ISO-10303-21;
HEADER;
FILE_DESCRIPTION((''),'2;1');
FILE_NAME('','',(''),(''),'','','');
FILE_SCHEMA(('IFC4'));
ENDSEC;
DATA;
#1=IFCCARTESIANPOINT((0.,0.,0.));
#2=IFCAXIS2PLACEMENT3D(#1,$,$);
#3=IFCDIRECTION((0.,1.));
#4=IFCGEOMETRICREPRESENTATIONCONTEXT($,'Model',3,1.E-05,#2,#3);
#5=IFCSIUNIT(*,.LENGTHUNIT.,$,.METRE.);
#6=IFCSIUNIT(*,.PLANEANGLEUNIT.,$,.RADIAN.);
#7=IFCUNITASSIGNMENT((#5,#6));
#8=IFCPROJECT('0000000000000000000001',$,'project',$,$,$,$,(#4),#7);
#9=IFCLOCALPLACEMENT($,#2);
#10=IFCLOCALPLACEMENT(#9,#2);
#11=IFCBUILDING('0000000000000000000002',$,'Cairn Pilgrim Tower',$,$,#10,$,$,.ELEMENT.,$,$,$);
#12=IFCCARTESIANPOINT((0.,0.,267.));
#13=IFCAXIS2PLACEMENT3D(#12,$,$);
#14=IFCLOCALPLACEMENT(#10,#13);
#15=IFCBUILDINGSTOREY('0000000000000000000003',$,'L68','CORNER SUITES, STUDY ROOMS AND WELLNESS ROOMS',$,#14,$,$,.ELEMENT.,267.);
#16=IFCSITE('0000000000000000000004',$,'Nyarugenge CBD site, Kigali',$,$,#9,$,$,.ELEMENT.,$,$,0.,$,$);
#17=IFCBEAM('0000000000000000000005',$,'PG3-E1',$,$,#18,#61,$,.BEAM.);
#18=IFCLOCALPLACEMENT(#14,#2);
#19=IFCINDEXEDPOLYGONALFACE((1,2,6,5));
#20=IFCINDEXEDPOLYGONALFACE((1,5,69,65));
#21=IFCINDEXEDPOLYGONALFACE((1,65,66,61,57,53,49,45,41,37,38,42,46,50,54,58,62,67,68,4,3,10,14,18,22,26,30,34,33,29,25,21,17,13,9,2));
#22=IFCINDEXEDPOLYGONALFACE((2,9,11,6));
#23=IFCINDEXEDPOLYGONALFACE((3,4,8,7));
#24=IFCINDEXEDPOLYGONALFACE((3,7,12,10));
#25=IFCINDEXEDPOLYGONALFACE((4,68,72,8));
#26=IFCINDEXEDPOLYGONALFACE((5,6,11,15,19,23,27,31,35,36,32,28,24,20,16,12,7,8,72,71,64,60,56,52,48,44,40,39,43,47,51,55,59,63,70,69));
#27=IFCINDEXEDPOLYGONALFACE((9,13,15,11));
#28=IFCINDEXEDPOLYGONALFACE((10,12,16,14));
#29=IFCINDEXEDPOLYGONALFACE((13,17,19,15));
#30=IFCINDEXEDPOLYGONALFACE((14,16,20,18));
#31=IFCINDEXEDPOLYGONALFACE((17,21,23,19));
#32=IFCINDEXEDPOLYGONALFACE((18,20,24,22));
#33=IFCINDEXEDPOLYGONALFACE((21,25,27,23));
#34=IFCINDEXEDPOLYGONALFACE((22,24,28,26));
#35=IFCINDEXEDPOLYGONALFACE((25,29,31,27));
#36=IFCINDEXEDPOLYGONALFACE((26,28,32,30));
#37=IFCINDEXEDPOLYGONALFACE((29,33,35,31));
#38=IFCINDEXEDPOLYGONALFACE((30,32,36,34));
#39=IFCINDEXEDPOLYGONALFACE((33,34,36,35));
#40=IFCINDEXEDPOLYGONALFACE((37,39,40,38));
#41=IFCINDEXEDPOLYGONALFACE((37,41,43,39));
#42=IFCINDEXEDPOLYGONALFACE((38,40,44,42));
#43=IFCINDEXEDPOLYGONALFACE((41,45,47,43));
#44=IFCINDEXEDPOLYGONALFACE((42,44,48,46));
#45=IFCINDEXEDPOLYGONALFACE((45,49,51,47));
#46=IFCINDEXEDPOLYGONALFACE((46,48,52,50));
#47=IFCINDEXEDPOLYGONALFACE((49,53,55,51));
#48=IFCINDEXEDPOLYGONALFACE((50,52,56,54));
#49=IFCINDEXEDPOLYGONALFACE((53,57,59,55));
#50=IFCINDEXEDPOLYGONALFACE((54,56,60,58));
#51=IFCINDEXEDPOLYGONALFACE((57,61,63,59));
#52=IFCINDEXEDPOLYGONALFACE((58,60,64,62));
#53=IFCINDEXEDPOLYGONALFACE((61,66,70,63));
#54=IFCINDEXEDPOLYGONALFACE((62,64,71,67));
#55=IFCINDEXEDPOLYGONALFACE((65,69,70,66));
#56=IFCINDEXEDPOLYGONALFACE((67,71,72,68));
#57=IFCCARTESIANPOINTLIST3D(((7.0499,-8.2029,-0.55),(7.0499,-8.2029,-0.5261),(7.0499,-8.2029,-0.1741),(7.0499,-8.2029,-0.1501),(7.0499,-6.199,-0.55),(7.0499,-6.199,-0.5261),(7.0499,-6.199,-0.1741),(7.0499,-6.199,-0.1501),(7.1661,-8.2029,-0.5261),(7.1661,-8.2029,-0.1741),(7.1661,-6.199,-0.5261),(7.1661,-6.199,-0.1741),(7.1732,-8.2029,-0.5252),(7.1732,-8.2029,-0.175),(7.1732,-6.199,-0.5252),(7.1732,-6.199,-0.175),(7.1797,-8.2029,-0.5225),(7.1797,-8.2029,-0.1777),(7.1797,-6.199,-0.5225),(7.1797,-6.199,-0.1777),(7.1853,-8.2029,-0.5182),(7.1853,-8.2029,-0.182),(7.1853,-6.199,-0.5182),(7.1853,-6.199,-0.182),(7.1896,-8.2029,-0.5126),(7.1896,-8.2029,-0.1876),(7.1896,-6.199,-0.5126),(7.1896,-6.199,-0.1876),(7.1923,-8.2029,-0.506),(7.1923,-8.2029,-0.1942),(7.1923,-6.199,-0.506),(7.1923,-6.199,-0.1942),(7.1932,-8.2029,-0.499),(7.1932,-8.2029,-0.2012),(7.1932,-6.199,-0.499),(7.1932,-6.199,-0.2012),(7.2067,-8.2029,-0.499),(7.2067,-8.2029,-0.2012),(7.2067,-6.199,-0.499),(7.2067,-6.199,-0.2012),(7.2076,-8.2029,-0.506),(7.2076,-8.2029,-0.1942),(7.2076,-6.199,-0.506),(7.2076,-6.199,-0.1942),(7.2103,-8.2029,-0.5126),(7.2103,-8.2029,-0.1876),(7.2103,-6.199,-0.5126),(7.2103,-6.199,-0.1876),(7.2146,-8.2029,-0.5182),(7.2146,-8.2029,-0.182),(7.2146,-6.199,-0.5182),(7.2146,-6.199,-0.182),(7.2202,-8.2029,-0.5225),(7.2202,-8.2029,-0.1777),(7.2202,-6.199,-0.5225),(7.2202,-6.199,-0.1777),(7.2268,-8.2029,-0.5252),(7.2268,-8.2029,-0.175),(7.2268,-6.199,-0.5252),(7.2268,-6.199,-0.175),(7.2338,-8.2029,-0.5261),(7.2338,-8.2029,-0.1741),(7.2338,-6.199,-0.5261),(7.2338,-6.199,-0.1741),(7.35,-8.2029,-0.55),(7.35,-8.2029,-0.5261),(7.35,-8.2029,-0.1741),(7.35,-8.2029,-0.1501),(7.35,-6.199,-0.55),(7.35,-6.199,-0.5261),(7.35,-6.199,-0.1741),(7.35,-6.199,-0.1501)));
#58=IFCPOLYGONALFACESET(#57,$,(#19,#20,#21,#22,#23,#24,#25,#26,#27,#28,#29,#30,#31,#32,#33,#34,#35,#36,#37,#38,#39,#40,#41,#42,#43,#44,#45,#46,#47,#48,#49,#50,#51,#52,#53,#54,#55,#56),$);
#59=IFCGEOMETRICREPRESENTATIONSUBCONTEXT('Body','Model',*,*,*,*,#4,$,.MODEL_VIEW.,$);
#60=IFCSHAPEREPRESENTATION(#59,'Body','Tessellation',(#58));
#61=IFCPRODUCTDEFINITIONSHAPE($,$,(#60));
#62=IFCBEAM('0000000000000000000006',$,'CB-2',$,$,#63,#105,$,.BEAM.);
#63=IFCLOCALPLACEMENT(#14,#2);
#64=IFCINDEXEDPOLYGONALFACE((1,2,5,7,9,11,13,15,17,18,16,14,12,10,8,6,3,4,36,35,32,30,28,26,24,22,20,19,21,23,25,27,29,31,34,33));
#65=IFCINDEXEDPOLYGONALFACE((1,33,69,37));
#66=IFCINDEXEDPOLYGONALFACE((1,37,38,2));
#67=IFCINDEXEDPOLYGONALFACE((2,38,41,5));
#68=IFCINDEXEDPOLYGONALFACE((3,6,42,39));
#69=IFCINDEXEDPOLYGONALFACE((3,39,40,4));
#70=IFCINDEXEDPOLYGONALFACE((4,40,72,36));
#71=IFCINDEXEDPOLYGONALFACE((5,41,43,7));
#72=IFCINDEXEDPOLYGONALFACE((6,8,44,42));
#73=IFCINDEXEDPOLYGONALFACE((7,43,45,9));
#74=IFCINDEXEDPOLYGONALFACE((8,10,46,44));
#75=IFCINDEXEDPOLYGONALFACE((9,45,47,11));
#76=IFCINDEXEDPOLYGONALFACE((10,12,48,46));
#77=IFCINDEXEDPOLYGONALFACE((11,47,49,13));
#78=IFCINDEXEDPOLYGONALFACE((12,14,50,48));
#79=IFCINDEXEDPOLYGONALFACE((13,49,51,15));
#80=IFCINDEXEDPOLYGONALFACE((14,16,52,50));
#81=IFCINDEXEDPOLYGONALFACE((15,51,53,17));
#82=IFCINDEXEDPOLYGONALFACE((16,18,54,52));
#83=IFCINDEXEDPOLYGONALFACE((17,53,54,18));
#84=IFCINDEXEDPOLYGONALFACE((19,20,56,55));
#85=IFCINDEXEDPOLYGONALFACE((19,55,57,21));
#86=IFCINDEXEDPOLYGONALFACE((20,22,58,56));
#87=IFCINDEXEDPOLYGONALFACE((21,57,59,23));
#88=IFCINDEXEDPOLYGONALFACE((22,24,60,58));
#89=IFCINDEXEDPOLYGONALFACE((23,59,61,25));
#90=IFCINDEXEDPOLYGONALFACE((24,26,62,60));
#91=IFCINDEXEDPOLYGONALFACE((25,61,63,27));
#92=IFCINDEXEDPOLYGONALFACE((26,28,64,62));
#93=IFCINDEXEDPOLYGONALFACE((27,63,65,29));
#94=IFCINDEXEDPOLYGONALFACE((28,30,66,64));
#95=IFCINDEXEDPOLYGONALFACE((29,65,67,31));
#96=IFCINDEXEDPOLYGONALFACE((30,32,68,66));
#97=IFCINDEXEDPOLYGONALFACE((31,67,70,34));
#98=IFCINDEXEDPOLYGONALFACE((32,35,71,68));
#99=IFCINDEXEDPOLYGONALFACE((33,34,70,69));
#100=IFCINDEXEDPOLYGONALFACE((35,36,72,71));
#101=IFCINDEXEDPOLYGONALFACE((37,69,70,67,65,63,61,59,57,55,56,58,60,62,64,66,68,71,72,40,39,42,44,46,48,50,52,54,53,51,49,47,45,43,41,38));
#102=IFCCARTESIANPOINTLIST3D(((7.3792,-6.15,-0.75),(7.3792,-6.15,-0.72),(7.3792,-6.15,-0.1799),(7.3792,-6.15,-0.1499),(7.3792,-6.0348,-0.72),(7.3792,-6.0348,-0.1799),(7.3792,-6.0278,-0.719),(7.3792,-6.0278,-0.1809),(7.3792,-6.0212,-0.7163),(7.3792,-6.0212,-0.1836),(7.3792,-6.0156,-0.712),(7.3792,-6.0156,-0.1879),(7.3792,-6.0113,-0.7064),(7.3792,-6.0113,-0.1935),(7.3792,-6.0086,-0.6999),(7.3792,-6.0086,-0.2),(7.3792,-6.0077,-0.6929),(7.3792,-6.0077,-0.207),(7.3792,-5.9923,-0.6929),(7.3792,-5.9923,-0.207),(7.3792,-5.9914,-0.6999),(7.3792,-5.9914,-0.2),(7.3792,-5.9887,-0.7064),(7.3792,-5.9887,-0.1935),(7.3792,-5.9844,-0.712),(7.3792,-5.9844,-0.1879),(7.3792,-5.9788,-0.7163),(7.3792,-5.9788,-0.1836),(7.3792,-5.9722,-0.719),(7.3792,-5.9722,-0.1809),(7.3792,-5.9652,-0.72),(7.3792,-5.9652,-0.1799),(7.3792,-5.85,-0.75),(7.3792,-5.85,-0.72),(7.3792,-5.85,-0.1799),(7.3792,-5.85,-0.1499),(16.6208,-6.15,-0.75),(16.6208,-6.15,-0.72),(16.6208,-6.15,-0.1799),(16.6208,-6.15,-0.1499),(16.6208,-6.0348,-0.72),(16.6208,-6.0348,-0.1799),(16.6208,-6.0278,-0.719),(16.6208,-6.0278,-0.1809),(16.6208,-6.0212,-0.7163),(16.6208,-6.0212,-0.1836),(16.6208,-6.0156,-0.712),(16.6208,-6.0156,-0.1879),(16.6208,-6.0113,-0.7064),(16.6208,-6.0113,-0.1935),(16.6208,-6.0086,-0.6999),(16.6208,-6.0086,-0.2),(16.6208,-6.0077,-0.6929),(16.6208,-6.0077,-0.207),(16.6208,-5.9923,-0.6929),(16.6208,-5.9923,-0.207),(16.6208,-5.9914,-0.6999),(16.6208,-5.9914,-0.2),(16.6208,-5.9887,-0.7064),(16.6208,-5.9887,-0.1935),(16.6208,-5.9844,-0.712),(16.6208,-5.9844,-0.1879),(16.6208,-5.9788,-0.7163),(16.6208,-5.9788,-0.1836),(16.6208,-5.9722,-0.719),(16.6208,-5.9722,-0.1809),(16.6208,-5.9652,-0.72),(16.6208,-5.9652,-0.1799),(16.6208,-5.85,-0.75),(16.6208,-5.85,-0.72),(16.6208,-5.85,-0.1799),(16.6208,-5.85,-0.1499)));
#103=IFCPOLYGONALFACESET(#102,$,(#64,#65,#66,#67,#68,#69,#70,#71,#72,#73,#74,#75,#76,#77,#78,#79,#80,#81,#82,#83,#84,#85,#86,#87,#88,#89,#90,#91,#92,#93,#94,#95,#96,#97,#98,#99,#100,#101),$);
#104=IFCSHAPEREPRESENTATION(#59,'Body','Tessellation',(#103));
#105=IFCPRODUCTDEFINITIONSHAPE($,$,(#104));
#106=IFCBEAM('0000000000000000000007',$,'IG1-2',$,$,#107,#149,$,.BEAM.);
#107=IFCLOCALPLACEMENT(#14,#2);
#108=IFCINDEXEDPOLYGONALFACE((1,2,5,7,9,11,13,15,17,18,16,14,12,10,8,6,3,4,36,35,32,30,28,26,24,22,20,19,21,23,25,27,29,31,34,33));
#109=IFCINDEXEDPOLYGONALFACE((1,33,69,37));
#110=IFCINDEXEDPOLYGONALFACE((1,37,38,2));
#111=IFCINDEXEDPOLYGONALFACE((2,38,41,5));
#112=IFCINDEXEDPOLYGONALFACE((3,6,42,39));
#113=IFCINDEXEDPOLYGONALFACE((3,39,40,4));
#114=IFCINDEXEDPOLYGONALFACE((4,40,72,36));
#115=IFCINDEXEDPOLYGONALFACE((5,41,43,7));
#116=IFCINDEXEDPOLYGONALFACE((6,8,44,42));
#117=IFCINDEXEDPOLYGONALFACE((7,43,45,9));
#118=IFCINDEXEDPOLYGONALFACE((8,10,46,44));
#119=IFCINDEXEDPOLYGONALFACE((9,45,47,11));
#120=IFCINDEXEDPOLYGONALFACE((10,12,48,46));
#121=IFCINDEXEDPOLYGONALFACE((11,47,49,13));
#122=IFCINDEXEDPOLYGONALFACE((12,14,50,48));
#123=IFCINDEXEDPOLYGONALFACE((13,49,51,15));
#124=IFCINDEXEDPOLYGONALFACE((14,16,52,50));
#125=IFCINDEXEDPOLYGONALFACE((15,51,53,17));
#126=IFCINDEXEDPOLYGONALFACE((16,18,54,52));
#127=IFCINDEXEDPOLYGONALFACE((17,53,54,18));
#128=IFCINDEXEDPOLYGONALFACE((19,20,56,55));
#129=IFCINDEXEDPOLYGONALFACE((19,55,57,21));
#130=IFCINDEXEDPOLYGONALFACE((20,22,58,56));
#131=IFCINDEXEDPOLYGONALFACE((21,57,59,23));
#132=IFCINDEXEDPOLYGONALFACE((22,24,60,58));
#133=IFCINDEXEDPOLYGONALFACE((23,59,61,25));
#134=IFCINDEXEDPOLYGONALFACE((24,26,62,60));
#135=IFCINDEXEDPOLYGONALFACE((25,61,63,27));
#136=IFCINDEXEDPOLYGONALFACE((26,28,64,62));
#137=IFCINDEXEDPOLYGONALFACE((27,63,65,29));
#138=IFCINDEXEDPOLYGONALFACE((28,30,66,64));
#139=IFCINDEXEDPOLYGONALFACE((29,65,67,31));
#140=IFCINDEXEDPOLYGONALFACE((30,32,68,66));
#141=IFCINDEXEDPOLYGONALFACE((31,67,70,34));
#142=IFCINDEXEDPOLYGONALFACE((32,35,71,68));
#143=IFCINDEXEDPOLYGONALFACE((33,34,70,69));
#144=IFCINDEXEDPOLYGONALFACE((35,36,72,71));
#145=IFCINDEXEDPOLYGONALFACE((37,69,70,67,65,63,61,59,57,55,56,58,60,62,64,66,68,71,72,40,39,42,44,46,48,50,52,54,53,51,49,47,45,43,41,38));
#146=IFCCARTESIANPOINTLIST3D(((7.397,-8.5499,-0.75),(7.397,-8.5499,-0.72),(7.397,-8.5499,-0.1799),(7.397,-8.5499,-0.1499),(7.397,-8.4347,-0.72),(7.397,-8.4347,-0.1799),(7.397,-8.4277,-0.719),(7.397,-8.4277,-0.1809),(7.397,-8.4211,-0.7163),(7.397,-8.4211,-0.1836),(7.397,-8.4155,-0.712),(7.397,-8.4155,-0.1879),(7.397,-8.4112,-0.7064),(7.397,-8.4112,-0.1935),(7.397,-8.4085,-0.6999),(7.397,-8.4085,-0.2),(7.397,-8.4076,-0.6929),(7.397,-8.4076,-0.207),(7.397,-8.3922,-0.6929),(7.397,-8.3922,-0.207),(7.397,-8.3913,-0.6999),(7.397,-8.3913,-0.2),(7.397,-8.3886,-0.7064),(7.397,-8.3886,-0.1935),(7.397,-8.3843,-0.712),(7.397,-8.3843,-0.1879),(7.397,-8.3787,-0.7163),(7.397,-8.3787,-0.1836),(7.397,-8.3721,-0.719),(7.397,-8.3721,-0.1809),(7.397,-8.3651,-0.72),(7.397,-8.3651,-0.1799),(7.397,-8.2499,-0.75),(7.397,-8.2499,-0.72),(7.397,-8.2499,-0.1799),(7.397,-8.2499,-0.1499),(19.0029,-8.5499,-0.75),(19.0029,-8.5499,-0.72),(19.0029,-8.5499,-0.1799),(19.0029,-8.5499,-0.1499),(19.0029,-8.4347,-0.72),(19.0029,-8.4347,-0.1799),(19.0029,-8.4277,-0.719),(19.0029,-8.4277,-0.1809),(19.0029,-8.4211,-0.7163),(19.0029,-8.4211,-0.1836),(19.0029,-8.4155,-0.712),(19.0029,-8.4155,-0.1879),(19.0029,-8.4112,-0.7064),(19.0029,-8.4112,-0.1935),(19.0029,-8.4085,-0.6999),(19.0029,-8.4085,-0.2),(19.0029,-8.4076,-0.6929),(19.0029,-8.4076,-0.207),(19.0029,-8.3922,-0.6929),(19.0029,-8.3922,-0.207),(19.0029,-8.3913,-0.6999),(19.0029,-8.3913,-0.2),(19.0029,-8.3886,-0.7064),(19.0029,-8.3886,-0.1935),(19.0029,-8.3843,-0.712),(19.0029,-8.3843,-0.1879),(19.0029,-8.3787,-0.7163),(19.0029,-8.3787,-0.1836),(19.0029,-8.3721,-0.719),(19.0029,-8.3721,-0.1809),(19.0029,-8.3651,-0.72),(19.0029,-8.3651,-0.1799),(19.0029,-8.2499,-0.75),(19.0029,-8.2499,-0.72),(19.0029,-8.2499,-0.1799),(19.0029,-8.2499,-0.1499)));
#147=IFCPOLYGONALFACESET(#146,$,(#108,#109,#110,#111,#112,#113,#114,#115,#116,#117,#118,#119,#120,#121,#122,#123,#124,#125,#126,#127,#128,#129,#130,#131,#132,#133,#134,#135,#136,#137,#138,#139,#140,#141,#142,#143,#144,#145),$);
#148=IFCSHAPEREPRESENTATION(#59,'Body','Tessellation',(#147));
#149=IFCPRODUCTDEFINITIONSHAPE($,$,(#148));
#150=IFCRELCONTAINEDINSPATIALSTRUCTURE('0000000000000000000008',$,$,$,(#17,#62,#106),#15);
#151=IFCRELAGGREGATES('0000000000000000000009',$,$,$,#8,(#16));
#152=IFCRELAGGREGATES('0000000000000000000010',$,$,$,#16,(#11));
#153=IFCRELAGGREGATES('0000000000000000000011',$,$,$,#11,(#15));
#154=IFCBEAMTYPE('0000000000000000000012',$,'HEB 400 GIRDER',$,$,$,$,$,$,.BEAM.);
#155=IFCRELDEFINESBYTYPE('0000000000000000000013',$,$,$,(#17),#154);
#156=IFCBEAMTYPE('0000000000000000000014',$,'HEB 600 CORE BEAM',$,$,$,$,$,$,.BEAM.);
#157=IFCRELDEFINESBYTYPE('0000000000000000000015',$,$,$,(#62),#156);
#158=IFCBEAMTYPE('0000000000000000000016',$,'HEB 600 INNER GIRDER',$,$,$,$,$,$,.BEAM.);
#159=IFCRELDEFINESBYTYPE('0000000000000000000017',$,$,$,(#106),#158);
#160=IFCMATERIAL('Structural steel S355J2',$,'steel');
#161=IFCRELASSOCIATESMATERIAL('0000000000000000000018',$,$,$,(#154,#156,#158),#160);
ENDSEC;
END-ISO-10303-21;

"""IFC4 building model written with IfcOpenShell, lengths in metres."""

from ifc_helpers import new_model, si_unit, direction, frame, origin, origin_2d, place, context, subcontext, project, spatial, i_section, extrude, material, material_profile, profile_set, type_object, element, save


model = new_model("IFC4")

# Units and contexts
model_context = context("Model", 3, precision=1e-05, world=origin(), true_north=direction((0.0, 1.0)))
body_context = subcontext(model_context, "Body", "Model", "MODEL_VIEW")
ifc_project = project(units=[si_unit("LENGTHUNIT", "METRE"), si_unit("PLANEANGLEUNIT", "RADIAN")], contexts=[model_context])

# Site, building, storey
site_placement = place(None, origin())
site = spatial("IfcSite", under=ifc_project, at=site_placement, Name="Nyarugenge CBD site, Kigali", CompositionType="ELEMENT", RefElevation=0.0)
building_placement = place(site_placement, origin())
building = spatial("IfcBuilding", under=site, at=building_placement, Name="Cairn Pilgrim Tower", CompositionType="ELEMENT")
storey_placement = place(building_placement, frame((0.0, 0.0, 267.0)))
storey = spatial("IfcBuildingStorey", under=building, at=storey_placement, Name="L68", Description="CORNER SUITES, STUDY ROOMS AND WELLNESS ROOMS", CompositionType="ELEMENT", Elevation=267.0)

# Shared definitions
ifc_material_1 = material(Name="Structural steel S355J2", Category="steel")

# Beams
ifc_material_profile_1 = material_profile(ifc_material_1, i_section(OverallWidth=0.3, OverallDepth=0.3999, WebThickness=0.0134, FlangeThickness=0.0239, FilletRadius=0.0271, at=origin_2d()), Name="HEB 400")
ifc_profile_set_1 = profile_set([ifc_material_profile_1], Name="Structural steel S355J2")
beam_type_1 = type_object("IfcBeamType", Name="HEB 400 GIRDER", PredefinedType="BEAM", material=ifc_profile_set_1)
beam_1_placement = place(storey_placement, frame((7.2, -8.2029, -0.3501), z_axis=(0.0, 1.0, 0.0), x_axis=(-1.0, 0.0, 0.0)))
element("IfcBeam", 1, at=beam_1_placement, inside=storey, type_object=beam_type_1, Name="PG3-E1", PredefinedType="BEAM", context=body_context, shape_type="SweptSolid", body=[
    extrude(i_section(OverallWidth=0.3, OverallDepth=0.3999, WebThickness=0.0134, FlangeThickness=0.0239, FilletRadius=0.0271, at=origin_2d()), origin(), (0.0, 0.0, 1.0), 2.0039),
])
ifc_material_profile_2 = material_profile(ifc_material_1, i_section(OverallWidth=0.3, OverallDepth=0.6001, WebThickness=0.0154, FlangeThickness=0.03, FilletRadius=0.0271, at=origin_2d()), Name="HEB 600")
ifc_profile_set_2 = profile_set([ifc_material_profile_2], Name="Structural steel S355J2")
beam_type_2 = type_object("IfcBeamType", Name="HEB 600 CORE BEAM", PredefinedType="BEAM", material=ifc_profile_set_2)
beam_2_placement = place(storey_placement, frame((7.3792, -6.0, -0.45), z_axis=(1.0, 0.0, 0.0), x_axis=(0.0, 1.0, 0.0)))
element("IfcBeam", 2, at=beam_2_placement, inside=storey, type_object=beam_type_2, Name="CB-2", PredefinedType="BEAM", context=body_context, shape_type="SweptSolid", body=[
    extrude(i_section(OverallWidth=0.3, OverallDepth=0.6001, WebThickness=0.0154, FlangeThickness=0.03, FilletRadius=0.0271, at=origin_2d()), origin(), (0.0, 0.0, 1.0), 9.2417),
])
ifc_material_profile_3 = material_profile(ifc_material_1, i_section(OverallWidth=0.3, OverallDepth=0.6001, WebThickness=0.0154, FlangeThickness=0.03, FilletRadius=0.0271, at=origin_2d()), Name="HEB 600")
ifc_profile_set_3 = profile_set([ifc_material_profile_3], Name="Structural steel S355J2")
beam_type_3 = type_object("IfcBeamType", Name="HEB 600 INNER GIRDER", PredefinedType="BEAM", material=ifc_profile_set_3)
beam_3_placement = place(storey_placement, frame((7.397, -8.3999, -0.45), z_axis=(1.0, 0.0, 0.0), x_axis=(0.0, 1.0, 0.0)))
element("IfcBeam", 3, at=beam_3_placement, inside=storey, type_object=beam_type_3, Name="IG1-2", PredefinedType="BEAM", context=body_context, shape_type="SweptSolid", body=[
    extrude(i_section(OverallWidth=0.3, OverallDepth=0.6001, WebThickness=0.0154, FlangeThickness=0.03, FilletRadius=0.0271, at=origin_2d()), origin(), (0.0, 0.0, 1.0), 11.606),
])

save(model, "model.ifc")
